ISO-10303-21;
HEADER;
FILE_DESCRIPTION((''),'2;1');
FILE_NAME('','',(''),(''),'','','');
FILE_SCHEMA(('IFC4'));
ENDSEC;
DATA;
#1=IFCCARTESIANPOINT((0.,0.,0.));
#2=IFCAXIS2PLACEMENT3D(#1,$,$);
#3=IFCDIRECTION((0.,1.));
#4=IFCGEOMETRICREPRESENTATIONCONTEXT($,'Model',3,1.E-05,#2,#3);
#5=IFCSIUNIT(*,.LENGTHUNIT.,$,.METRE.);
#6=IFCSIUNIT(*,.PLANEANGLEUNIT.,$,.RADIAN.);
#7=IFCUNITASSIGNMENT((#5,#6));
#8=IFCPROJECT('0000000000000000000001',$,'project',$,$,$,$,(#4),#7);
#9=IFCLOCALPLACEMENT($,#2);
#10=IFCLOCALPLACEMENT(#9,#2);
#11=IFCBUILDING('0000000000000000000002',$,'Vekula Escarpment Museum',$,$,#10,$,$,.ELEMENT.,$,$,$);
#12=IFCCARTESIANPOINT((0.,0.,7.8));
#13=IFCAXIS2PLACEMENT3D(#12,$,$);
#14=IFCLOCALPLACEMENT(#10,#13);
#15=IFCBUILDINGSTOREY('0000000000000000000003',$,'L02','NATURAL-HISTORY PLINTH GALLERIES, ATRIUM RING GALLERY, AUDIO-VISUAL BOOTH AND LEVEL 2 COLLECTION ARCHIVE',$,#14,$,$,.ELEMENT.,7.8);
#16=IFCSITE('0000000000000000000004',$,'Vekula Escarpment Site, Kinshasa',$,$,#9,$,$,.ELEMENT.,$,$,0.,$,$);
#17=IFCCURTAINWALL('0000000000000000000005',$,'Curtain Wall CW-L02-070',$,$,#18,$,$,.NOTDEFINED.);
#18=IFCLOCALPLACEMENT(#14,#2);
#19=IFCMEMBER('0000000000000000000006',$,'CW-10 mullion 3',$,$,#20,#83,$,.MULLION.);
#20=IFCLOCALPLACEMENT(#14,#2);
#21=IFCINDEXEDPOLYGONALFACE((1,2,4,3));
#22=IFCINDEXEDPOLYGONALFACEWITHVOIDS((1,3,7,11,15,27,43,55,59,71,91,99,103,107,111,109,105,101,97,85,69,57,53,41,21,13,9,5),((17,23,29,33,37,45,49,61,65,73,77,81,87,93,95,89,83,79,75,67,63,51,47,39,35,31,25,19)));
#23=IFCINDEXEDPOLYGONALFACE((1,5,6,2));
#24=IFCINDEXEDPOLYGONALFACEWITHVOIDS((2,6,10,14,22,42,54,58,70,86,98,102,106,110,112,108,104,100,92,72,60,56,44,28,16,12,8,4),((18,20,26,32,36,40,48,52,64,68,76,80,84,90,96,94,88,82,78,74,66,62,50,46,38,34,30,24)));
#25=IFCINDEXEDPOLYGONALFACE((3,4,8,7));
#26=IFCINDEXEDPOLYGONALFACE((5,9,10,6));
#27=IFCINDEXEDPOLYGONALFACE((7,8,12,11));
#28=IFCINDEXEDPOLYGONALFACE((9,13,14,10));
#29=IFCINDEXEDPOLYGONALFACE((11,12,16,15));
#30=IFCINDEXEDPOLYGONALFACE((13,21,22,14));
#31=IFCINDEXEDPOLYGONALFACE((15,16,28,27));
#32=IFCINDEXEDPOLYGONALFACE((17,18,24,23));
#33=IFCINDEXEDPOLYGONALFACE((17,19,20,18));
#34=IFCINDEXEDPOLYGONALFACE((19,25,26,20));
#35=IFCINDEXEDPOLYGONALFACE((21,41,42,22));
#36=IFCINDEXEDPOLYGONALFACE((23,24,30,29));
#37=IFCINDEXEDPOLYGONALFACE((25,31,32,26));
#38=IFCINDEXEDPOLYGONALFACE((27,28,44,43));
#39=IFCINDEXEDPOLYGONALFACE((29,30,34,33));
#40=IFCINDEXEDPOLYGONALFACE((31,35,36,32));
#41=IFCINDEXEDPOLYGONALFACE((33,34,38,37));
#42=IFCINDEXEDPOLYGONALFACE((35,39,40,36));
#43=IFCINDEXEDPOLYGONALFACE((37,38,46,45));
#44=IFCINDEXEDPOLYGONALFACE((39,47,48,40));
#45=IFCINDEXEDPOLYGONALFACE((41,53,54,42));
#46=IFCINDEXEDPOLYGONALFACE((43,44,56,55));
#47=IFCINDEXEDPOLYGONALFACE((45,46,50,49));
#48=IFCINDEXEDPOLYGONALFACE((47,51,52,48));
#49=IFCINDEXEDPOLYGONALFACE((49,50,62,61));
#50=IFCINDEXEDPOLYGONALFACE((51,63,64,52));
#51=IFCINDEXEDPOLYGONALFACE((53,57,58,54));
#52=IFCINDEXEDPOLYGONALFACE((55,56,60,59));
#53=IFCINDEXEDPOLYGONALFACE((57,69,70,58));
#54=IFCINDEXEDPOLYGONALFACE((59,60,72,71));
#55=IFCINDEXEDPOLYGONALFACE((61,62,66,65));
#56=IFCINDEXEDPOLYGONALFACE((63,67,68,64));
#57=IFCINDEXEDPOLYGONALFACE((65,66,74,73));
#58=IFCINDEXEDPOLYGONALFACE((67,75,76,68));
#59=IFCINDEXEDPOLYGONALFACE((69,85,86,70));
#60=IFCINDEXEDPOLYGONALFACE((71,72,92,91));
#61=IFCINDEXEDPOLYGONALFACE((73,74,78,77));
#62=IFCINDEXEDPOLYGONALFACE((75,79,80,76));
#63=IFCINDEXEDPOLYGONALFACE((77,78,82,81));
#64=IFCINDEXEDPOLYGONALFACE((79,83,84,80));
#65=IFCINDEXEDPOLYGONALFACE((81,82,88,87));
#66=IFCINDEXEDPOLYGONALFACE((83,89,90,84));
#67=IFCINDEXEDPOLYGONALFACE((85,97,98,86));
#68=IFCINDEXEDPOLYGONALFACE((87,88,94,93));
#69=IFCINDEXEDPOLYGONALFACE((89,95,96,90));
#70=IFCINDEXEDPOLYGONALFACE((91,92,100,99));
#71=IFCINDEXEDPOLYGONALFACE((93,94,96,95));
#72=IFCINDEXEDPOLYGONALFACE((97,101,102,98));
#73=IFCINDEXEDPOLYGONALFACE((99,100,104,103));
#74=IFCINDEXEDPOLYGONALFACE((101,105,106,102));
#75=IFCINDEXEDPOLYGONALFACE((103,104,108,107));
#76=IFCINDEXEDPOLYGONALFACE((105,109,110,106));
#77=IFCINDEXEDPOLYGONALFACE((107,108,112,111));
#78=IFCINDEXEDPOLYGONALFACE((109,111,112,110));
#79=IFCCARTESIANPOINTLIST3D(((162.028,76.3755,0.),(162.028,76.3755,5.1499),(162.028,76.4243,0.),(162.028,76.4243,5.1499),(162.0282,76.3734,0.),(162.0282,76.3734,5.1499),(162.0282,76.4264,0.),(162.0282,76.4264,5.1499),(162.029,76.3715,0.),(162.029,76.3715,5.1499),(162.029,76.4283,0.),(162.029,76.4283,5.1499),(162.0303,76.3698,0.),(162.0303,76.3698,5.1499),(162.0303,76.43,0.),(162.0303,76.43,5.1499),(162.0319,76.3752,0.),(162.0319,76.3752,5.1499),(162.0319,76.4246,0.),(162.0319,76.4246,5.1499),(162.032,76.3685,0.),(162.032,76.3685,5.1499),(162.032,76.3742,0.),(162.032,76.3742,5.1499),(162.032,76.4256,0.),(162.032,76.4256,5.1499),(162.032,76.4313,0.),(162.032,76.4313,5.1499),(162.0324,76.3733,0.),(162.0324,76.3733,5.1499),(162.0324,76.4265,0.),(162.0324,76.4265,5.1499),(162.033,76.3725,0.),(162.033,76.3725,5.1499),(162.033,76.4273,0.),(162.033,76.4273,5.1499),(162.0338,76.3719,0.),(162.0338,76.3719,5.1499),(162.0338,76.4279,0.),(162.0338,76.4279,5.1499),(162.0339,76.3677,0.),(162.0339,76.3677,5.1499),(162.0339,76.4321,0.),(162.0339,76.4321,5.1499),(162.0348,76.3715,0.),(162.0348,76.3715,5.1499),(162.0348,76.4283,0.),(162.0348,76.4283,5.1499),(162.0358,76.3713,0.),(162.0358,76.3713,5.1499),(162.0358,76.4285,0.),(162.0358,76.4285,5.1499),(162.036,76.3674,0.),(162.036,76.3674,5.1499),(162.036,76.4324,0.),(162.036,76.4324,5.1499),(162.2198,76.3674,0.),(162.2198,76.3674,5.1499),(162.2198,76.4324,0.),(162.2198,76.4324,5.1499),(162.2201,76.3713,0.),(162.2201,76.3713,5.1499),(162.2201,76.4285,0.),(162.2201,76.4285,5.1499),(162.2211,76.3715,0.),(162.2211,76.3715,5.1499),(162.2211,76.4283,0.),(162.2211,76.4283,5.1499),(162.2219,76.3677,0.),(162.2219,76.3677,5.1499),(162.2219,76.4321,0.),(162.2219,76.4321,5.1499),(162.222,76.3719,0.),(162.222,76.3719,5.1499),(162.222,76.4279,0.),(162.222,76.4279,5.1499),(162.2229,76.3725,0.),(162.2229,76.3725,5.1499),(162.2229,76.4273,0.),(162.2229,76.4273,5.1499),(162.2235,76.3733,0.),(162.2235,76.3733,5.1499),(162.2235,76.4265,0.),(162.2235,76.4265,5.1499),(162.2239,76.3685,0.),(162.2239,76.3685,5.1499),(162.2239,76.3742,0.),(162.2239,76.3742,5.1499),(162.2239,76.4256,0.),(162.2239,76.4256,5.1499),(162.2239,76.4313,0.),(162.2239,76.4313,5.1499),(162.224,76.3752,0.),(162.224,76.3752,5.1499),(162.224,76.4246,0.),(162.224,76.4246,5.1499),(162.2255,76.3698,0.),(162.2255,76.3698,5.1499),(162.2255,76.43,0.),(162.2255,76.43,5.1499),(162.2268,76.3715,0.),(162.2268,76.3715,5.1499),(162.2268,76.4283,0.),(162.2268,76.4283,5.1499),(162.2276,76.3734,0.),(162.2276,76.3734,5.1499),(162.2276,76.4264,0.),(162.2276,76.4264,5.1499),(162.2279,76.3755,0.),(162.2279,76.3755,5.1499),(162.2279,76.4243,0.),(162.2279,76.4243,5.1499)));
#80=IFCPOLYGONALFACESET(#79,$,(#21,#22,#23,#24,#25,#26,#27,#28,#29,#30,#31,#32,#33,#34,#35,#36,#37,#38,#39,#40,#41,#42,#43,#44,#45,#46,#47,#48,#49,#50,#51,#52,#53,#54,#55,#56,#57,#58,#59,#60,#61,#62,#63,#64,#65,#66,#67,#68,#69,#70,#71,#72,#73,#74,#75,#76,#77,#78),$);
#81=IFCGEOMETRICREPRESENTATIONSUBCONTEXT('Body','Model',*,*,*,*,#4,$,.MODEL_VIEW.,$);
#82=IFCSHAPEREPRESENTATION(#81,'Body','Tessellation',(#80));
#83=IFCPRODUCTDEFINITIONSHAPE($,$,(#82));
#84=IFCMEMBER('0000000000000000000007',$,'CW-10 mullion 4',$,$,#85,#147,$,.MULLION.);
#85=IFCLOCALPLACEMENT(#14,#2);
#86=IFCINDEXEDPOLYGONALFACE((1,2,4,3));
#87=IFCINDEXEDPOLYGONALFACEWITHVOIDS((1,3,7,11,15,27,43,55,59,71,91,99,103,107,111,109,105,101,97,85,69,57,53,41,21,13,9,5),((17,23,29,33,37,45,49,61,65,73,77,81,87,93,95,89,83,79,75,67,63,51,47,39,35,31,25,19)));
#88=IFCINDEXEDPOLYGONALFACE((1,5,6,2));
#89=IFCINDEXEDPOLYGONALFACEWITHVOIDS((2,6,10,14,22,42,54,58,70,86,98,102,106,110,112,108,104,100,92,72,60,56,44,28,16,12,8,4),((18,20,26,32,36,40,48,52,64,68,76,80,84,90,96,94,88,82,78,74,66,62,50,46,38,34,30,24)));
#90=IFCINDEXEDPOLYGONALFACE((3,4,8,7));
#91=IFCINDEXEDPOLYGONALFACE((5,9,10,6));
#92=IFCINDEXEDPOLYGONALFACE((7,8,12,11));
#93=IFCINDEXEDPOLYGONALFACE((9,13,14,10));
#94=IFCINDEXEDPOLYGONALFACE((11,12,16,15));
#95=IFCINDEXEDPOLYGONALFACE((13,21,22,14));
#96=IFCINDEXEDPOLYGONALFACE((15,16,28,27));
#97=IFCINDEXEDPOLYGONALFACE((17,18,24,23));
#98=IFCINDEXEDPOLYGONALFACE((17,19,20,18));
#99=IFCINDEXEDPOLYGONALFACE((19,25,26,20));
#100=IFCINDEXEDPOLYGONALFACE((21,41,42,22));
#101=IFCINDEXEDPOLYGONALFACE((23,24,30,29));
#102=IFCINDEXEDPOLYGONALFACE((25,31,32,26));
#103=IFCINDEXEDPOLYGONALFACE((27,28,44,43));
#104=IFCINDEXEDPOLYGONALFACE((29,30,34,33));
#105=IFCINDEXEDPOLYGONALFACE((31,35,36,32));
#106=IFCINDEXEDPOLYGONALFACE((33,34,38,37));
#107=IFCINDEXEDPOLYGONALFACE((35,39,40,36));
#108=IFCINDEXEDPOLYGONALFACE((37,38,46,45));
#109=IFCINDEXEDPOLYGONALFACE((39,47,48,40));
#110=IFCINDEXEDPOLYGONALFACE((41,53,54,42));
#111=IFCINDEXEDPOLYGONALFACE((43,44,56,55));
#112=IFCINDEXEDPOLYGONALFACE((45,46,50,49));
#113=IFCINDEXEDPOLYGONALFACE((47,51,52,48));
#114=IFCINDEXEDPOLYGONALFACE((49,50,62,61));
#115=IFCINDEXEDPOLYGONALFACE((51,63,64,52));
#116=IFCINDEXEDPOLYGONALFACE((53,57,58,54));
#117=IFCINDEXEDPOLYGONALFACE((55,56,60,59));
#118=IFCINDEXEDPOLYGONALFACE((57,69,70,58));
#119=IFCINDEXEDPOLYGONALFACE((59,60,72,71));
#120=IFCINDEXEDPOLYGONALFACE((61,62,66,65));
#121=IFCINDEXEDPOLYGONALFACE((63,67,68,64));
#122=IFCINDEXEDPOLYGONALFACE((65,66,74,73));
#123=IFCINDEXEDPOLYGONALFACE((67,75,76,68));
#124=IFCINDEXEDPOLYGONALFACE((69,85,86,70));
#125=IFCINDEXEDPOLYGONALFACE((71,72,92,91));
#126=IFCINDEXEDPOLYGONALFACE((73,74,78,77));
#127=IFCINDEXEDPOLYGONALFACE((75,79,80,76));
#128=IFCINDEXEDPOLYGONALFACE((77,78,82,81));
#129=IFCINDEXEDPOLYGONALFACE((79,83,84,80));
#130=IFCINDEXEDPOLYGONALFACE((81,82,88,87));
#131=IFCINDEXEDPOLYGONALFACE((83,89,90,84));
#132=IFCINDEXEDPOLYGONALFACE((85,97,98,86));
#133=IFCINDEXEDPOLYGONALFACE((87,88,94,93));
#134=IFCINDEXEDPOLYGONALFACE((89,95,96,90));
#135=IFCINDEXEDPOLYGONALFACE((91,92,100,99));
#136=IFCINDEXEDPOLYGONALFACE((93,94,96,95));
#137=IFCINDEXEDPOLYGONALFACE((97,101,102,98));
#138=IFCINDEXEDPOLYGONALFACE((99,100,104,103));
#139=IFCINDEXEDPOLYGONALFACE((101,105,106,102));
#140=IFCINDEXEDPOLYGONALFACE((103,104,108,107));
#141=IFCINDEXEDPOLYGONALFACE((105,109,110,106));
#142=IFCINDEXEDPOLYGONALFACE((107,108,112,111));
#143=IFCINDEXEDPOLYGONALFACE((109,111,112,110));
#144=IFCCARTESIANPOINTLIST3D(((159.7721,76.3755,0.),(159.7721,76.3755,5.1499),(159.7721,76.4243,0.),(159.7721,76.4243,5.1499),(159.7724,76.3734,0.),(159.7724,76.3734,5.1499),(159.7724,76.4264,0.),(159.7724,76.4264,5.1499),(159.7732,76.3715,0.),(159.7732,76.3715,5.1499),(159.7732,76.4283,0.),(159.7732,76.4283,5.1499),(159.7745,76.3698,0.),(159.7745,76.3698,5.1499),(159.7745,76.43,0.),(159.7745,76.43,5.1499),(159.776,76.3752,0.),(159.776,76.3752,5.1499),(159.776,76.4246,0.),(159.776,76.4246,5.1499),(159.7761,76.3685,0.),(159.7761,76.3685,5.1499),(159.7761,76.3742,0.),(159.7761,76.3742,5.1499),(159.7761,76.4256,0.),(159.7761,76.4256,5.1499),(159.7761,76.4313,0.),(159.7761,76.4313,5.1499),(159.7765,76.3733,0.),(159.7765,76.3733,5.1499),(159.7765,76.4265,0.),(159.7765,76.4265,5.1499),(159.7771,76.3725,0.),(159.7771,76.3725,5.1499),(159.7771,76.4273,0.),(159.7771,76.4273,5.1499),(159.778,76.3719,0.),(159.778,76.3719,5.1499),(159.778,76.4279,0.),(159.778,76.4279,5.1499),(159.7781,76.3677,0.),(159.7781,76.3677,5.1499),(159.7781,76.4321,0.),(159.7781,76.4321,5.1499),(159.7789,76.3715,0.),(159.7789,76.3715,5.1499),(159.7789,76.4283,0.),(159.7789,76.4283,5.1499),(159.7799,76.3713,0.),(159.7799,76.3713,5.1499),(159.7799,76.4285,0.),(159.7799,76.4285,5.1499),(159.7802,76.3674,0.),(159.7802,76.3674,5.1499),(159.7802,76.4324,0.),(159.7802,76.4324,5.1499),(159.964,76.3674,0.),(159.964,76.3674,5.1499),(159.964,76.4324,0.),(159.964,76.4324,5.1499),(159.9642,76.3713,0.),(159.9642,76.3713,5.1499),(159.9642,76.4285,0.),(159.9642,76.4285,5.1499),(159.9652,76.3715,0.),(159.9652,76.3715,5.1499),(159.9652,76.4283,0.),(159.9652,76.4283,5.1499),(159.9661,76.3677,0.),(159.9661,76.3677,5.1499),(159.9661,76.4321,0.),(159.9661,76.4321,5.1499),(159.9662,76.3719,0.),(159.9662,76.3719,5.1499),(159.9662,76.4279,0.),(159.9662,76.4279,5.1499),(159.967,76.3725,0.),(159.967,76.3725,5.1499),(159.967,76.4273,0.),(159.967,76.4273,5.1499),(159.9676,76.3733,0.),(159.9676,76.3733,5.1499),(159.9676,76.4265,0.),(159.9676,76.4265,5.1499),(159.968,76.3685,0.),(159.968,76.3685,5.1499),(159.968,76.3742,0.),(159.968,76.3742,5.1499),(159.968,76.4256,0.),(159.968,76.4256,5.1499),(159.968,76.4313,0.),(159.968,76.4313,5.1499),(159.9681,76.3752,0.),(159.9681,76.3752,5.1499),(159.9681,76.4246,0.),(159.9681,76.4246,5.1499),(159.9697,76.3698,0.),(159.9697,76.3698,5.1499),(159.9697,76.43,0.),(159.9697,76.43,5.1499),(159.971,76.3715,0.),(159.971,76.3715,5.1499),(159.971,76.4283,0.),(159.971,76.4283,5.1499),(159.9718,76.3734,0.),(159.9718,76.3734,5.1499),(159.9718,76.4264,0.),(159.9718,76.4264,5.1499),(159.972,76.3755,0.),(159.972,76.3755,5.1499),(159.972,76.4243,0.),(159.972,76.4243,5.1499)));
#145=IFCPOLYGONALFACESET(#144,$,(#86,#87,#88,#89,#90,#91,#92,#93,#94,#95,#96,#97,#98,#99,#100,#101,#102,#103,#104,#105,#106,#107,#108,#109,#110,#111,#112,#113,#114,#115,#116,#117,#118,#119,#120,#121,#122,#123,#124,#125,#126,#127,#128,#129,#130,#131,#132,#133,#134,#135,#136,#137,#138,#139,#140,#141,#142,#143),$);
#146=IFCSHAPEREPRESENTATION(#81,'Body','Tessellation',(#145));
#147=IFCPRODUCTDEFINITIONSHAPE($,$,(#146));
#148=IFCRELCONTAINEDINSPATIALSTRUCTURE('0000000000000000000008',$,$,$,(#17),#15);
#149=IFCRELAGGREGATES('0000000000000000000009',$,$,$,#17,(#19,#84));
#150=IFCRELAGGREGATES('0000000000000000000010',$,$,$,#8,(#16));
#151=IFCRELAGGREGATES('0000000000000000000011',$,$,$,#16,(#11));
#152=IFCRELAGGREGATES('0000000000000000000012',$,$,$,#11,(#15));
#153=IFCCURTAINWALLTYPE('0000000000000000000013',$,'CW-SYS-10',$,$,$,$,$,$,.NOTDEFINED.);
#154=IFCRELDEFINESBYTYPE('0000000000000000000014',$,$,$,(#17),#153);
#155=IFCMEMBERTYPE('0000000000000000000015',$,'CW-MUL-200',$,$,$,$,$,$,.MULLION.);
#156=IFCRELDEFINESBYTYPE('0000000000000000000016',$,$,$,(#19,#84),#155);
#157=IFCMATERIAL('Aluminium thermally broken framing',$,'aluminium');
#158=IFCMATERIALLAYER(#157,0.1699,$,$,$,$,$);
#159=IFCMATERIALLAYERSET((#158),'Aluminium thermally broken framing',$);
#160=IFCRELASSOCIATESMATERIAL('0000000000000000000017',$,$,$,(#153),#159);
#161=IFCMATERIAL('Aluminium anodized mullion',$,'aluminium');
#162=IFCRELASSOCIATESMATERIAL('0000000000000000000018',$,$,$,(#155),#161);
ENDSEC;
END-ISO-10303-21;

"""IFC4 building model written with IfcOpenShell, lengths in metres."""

from ifc_helpers import new_model, si_unit, direction, frame, origin, origin_2d, place, context, subcontext, project, spatial, hollow_rectangle, extrude, material, layer, layer_set, material_profile, profile_set, type_object, element, aggregate, save


model = new_model("IFC4")

# Units and contexts
model_context = context("Model", 3, precision=1e-05, world=origin(), true_north=direction((0.0, 1.0)))
body_context = subcontext(model_context, "Body", "Model", "MODEL_VIEW")
ifc_project = project(units=[si_unit("LENGTHUNIT", "METRE"), si_unit("PLANEANGLEUNIT", "RADIAN")], contexts=[model_context])

# Site, building, storey
site_placement = place(None, origin())
site = spatial("IfcSite", under=ifc_project, at=site_placement, Name="Vekula Escarpment Site, Kinshasa", CompositionType="ELEMENT", RefElevation=0.0)
building_placement = place(site_placement, origin())
building = spatial("IfcBuilding", under=site, at=building_placement, Name="Vekula Escarpment Museum", CompositionType="ELEMENT")
storey_placement = place(building_placement, frame((0.0, 0.0, 7.8)))
storey = spatial("IfcBuildingStorey", under=building, at=storey_placement, Name="L02", Description="NATURAL-HISTORY PLINTH GALLERIES, ATRIUM RING GALLERY, AUDIO-VISUAL BOOTH AND LEVEL 2 COLLECTION ARCHIVE", CompositionType="ELEMENT", Elevation=7.8)

# Curtain wall, members
ifc_material_1 = material(Name="Aluminium thermally broken framing", Category="aluminium")
ifc_layer_1 = layer(ifc_material_1, 0.1699)
ifc_layer_set_1 = layer_set([ifc_layer_1], Name="Aluminium thermally broken framing")
curtain_wall_type = type_object("IfcCurtainWallType", Name="CW-SYS-10", PredefinedType="NOTDEFINED", material=ifc_layer_set_1)
curtain_wall_placement = place(storey_placement, origin())
curtain_wall = element("IfcCurtainWall", 1, at=curtain_wall_placement, inside=storey, type_object=curtain_wall_type, Name="Curtain Wall CW-L02-070", PredefinedType="NOTDEFINED")
ifc_material_2 = material(Name="Aluminium anodized mullion", Category="aluminium")
ifc_material_profile_1 = material_profile(ifc_material_2, hollow_rectangle(XDim=0.0649, YDim=0.2, WallThickness=0.0039, InnerFilletRadius=0.0039, OuterFilletRadius=0.0081, at=origin_2d()), Name="ALU 200x65x4")
ifc_profile_set_1 = profile_set([ifc_material_profile_1], Name="Aluminium anodized mullion")
member_type_1 = type_object("IfcMemberType", Name="CW-MUL-200", PredefinedType="MULLION", material=ifc_profile_set_1)
member_1_placement = place(storey_placement, frame((162.1279, 76.3999, 0.0), z_axis=(0.0, 0.0, 1.0), x_axis=(0.0, -1.0, 0.0)))
member_1 = element("IfcMember", 2, at=member_1_placement, type_object=member_type_1, Name="CW-10 mullion 3", PredefinedType="MULLION", context=body_context, shape_type="SweptSolid", body=[
    extrude(hollow_rectangle(XDim=0.0649, YDim=0.2, WallThickness=0.0039, InnerFilletRadius=0.0039, OuterFilletRadius=0.0081, at=origin_2d()), origin(), (0.0, 0.0, 1.0), 5.1499),
])
member_2_placement = place(storey_placement, frame((159.8721, 76.3999, 0.0), z_axis=(0.0, 0.0, 1.0), x_axis=(0.0, -1.0, 0.0)))
member_2 = element("IfcMember", 3, at=member_2_placement, type_object=member_type_1, Name="CW-10 mullion 4", PredefinedType="MULLION", context=body_context, shape_type="SweptSolid", body=[
    extrude(hollow_rectangle(XDim=0.0649, YDim=0.2, WallThickness=0.0039, InnerFilletRadius=0.0039, OuterFilletRadius=0.0081, at=origin_2d()), origin(), (0.0, 0.0, 1.0), 5.1499),
])
aggregate(curtain_wall, [member_1, member_2])

save(model, "model.ifc")
